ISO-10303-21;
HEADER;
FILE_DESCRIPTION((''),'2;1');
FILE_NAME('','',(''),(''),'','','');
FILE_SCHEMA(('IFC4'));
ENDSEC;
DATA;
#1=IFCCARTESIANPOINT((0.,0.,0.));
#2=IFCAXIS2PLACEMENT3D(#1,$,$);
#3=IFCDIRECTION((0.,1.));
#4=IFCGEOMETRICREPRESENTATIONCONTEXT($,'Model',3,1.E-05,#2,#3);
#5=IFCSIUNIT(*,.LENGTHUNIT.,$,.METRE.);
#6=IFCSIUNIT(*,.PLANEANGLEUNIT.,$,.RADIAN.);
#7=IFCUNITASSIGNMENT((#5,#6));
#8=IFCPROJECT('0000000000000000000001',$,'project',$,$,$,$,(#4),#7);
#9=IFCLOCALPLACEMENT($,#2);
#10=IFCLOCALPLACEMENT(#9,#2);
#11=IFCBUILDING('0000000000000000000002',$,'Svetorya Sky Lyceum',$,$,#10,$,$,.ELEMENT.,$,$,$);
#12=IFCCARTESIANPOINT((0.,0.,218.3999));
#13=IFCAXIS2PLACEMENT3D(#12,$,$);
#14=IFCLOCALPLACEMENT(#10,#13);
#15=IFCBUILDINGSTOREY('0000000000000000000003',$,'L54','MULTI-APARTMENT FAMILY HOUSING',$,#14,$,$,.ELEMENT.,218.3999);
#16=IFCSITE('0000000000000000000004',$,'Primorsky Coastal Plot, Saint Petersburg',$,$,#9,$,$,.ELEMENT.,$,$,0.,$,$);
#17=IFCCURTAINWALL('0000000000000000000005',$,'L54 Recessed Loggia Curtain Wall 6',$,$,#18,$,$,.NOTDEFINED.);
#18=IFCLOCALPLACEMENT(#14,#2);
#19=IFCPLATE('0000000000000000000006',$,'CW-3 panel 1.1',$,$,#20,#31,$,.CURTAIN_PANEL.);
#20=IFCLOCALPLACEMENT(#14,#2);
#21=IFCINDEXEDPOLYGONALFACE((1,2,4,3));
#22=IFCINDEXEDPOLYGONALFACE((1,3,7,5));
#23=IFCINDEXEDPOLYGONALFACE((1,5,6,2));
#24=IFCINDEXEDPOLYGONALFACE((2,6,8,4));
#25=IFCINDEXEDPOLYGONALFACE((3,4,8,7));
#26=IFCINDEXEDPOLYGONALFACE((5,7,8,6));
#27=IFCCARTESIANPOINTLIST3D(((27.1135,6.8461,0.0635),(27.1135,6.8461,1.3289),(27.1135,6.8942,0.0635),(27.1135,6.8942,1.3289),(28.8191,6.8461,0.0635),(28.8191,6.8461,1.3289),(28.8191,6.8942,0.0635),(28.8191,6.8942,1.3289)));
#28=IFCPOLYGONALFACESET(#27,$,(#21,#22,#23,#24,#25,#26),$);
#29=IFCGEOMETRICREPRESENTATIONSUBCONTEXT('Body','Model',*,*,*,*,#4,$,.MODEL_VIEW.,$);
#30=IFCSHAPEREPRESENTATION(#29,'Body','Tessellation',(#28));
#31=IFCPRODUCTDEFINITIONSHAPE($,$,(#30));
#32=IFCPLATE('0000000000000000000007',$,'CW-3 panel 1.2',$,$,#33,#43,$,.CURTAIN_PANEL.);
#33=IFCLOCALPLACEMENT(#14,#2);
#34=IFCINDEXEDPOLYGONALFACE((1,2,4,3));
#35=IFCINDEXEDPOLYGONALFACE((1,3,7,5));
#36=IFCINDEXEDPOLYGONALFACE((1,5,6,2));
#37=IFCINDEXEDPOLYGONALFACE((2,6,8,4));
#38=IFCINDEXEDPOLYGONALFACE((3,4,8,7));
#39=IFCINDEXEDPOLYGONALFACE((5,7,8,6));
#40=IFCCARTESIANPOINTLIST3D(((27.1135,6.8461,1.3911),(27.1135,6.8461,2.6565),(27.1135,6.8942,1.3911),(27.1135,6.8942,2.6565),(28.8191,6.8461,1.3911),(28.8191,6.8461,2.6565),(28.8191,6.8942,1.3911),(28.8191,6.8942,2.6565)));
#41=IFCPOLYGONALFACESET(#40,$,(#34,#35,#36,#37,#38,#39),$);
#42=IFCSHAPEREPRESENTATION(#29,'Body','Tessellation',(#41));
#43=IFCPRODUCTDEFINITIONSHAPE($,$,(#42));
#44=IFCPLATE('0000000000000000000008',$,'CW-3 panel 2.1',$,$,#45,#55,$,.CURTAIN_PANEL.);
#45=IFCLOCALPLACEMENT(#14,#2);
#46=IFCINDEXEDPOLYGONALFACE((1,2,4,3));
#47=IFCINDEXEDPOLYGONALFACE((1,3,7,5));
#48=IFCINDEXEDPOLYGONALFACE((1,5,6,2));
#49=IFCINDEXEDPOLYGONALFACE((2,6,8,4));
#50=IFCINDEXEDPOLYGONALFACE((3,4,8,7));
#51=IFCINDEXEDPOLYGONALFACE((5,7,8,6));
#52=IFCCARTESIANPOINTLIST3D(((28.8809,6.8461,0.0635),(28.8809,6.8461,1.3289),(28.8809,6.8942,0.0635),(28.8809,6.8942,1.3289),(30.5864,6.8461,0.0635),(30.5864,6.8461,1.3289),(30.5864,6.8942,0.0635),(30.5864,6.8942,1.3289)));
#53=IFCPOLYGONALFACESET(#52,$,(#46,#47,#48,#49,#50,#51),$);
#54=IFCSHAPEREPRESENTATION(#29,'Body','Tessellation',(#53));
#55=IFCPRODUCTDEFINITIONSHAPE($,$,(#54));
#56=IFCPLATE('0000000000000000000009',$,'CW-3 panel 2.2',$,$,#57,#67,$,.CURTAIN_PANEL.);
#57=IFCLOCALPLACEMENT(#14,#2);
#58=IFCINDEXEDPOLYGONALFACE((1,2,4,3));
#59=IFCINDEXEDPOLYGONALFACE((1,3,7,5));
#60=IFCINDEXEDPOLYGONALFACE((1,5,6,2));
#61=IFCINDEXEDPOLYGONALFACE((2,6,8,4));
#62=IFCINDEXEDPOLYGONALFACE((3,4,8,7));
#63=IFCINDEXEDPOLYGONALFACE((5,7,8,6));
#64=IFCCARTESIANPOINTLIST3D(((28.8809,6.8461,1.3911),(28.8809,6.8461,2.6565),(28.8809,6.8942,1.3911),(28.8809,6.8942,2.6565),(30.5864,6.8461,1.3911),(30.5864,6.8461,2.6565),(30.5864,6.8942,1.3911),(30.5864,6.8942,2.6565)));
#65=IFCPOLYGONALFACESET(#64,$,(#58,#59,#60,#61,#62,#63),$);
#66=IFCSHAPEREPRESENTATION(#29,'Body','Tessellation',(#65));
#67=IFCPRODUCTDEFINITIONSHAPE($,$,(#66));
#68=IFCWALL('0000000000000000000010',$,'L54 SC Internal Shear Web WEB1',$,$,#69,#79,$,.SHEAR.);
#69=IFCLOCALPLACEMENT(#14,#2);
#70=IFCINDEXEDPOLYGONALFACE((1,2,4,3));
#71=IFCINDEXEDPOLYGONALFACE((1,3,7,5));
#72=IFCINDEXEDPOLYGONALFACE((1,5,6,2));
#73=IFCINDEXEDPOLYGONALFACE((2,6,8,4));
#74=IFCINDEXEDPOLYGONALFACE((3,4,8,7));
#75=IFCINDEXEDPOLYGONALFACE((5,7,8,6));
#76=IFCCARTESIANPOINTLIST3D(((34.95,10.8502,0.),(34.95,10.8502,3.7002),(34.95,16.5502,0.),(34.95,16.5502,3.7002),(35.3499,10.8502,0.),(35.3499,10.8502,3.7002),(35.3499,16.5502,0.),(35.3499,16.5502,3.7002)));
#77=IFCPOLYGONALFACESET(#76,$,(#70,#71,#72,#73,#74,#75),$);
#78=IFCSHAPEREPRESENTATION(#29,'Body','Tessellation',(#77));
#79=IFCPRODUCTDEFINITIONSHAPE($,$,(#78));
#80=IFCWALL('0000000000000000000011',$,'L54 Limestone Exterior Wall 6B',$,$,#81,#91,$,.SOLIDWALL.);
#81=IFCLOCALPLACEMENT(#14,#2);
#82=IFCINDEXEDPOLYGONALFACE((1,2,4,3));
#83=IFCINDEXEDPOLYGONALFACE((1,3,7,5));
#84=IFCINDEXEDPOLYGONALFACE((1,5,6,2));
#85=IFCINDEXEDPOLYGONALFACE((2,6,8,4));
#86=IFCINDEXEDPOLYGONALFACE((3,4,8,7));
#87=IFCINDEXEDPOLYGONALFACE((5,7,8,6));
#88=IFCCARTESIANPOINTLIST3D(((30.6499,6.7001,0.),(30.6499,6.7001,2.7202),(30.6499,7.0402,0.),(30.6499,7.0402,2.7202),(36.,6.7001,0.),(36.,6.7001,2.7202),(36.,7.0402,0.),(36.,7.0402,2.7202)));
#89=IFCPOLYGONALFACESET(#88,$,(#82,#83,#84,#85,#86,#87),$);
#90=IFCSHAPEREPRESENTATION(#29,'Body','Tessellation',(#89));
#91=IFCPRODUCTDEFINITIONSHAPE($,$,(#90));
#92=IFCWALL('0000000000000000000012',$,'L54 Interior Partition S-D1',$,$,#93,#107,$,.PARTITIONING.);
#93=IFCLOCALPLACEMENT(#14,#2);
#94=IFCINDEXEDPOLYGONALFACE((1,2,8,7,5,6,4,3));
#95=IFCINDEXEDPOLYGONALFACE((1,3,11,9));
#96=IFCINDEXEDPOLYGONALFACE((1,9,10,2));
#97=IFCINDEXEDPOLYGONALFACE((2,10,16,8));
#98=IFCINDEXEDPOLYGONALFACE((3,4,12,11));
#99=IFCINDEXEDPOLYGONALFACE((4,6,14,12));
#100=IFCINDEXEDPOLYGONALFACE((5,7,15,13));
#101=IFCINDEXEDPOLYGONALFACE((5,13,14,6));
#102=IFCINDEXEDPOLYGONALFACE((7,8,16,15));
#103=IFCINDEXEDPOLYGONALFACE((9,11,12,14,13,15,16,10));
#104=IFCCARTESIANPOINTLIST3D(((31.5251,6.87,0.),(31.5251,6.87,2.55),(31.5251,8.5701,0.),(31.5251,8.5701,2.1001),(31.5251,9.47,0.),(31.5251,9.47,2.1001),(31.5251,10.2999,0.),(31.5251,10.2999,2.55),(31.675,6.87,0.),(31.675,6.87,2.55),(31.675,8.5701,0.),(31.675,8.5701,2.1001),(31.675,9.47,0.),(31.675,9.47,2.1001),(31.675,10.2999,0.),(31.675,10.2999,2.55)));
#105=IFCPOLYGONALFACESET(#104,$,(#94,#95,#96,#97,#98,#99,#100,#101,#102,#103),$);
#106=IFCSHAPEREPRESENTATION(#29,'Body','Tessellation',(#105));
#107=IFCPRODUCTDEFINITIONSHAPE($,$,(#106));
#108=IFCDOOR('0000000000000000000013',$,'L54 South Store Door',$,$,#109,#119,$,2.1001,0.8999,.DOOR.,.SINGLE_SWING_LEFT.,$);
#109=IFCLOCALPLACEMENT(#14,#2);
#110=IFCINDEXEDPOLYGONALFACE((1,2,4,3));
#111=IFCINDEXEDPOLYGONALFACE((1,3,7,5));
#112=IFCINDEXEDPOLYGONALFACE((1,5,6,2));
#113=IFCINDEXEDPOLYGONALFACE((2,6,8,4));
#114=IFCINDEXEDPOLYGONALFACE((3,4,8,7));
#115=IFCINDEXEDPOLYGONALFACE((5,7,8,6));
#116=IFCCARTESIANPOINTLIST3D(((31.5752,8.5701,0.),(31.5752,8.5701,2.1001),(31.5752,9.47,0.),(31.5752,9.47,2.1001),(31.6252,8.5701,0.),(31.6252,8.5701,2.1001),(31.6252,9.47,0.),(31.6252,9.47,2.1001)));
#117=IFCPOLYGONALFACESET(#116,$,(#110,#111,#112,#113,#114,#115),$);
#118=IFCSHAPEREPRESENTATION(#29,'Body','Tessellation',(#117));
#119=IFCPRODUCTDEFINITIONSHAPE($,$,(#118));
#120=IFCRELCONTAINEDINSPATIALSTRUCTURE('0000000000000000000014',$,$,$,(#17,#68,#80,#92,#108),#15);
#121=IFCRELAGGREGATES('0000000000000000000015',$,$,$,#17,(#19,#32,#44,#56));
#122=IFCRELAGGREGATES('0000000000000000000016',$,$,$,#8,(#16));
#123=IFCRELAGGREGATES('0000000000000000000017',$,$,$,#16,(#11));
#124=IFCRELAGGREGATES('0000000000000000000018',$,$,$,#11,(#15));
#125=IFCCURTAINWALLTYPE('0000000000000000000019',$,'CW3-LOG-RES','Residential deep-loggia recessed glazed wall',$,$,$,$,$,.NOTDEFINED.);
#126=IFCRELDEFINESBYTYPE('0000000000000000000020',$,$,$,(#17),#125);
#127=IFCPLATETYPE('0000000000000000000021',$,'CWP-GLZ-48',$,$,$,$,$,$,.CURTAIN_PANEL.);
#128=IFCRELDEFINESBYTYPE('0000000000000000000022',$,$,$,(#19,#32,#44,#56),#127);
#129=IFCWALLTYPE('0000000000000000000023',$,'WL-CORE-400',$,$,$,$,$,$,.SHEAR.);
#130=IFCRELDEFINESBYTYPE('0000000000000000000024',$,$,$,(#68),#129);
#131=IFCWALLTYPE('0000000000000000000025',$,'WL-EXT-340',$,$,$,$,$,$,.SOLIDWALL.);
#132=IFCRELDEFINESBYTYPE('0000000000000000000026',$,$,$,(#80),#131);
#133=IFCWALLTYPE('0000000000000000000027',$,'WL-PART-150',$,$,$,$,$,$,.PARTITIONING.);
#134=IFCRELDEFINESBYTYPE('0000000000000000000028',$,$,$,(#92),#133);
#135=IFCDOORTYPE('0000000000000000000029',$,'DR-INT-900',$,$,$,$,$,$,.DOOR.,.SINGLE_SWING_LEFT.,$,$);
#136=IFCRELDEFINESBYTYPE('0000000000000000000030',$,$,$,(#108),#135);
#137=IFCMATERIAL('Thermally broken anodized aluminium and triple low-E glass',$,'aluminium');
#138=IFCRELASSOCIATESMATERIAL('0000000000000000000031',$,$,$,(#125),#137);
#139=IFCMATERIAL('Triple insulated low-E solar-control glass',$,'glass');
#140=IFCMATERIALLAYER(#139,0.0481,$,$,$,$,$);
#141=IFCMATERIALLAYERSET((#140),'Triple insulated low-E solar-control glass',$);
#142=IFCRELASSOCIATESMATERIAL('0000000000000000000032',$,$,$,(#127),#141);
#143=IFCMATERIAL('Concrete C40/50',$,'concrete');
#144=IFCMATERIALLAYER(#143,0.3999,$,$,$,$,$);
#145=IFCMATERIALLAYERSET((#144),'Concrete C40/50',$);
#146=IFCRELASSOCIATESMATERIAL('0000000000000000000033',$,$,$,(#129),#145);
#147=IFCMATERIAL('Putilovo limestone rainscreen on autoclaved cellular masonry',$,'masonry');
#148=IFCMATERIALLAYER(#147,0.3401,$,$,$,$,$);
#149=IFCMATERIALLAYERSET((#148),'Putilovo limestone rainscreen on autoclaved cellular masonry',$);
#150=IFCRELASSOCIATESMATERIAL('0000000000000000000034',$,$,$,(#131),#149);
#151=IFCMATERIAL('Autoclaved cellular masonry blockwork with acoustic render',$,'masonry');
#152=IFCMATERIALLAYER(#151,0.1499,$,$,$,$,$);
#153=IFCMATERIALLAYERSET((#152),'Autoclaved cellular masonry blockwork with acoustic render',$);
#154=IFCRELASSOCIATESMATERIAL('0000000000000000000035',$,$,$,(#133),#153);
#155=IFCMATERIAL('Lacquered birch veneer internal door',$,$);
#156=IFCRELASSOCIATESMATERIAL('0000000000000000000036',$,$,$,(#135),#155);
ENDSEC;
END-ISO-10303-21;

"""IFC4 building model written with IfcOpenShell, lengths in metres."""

from ifc_helpers import new_model, si_unit, direction, frame, frame_2d, origin, origin_2d, place, context, subcontext, project, spatial, rectangle, extrude, material, layer, layer_set, type_object, element, fill, aggregate, save


model = new_model("IFC4")

# Units and contexts
model_context = context("Model", 3, precision=1e-05, world=origin(), true_north=direction((0.0, 1.0)))
body_context = subcontext(model_context, "Body", "Model", "MODEL_VIEW")
ifc_project = project(units=[si_unit("LENGTHUNIT", "METRE"), si_unit("PLANEANGLEUNIT", "RADIAN")], contexts=[model_context])

# Site, building, storey
site_placement = place(None, origin())
site = spatial("IfcSite", under=ifc_project, at=site_placement, Name="Primorsky Coastal Plot, Saint Petersburg", CompositionType="ELEMENT", RefElevation=0.0)
building_placement = place(site_placement, origin())
building = spatial("IfcBuilding", under=site, at=building_placement, Name="Svetorya Sky Lyceum", CompositionType="ELEMENT")
storey_placement = place(building_placement, frame((0.0, 0.0, 218.3999)))
storey = spatial("IfcBuildingStorey", under=building, at=storey_placement, Name="L54", Description="MULTI-APARTMENT FAMILY HOUSING", CompositionType="ELEMENT", Elevation=218.3999)

# Curtain wall, plates
ifc_material_1 = material(Name="Thermally broken anodized aluminium and triple low-E glass", Category="aluminium")
curtain_wall_type = type_object("IfcCurtainWallType", Name="CW3-LOG-RES", Description="Residential deep-loggia recessed glazed wall", PredefinedType="NOTDEFINED", material=ifc_material_1)
curtain_wall_placement = place(storey_placement, origin())
curtain_wall = element("IfcCurtainWall", 1, at=curtain_wall_placement, inside=storey, type_object=curtain_wall_type, Name="L54 Recessed Loggia Curtain Wall 6", PredefinedType="NOTDEFINED")
ifc_material_2 = material(Name="Triple insulated low-E solar-control glass", Category="glass")
ifc_layer_1 = layer(ifc_material_2, 0.0481)
ifc_layer_set_1 = layer_set([ifc_layer_1], Name="Triple insulated low-E solar-control glass")
plate_type = type_object("IfcPlateType", Name="CWP-GLZ-48", PredefinedType="CURTAIN_PANEL", material=ifc_layer_set_1)
plate_1_placement = place(storey_placement, frame((27.9663, 6.8701, 0.0635), z_axis=(0.0, 0.0, 1.0), x_axis=(1.0, 0.0, 0.0)))
plate_1 = element("IfcPlate", 2, at=plate_1_placement, type_object=plate_type, Name="CW-3 panel 1.1", PredefinedType="CURTAIN_PANEL", context=body_context, shape_type="SweptSolid", body=[
    extrude(rectangle(XDim=1.7056, YDim=0.0481, at=origin_2d()), origin(), (0.0, 0.0, 1.0), 1.2654),
])
plate_2_placement = place(storey_placement, frame((27.9663, 6.8701, 1.3911), z_axis=(0.0, 0.0, 1.0), x_axis=(1.0, 0.0, 0.0)))
plate_2 = element("IfcPlate", 3, at=plate_2_placement, type_object=plate_type, Name="CW-3 panel 1.2", PredefinedType="CURTAIN_PANEL", context=body_context, shape_type="SweptSolid", body=[
    extrude(rectangle(XDim=1.7056, YDim=0.0481, at=origin_2d()), origin(), (0.0, 0.0, 1.0), 1.2654),
])
plate_3_placement = place(storey_placement, frame((29.7336, 6.8701, 0.0635), z_axis=(0.0, 0.0, 1.0), x_axis=(1.0, 0.0, 0.0)))
plate_3 = element("IfcPlate", 4, at=plate_3_placement, type_object=plate_type, Name="CW-3 panel 2.1", PredefinedType="CURTAIN_PANEL", context=body_context, shape_type="SweptSolid", body=[
    extrude(rectangle(XDim=1.7056, YDim=0.0481, at=origin_2d()), origin(), (0.0, 0.0, 1.0), 1.2654),
])
plate_4_placement = place(storey_placement, frame((29.7336, 6.8701, 1.3911), z_axis=(0.0, 0.0, 1.0), x_axis=(1.0, 0.0, 0.0)))
plate_4 = element("IfcPlate", 5, at=plate_4_placement, type_object=plate_type, Name="CW-3 panel 2.2", PredefinedType="CURTAIN_PANEL", context=body_context, shape_type="SweptSolid", body=[
    extrude(rectangle(XDim=1.7056, YDim=0.0481, at=origin_2d()), origin(), (0.0, 0.0, 1.0), 1.2654),
])
aggregate(curtain_wall, [plate_1, plate_2, plate_3, plate_4])

# Walls
ifc_material_3 = material(Name="Concrete C40/50", Category="concrete")
ifc_layer_2 = layer(ifc_material_3, 0.3999)
ifc_layer_set_2 = layer_set([ifc_layer_2], Name="Concrete C40/50")
wall_type_1 = type_object("IfcWallType", Name="WL-CORE-400", PredefinedType="SHEAR", material=ifc_layer_set_2)
wall_1_placement = place(storey_placement, frame((35.1499, 10.8501, 0.0), z_axis=(0.0, 0.0, 1.0), x_axis=(0.0, 1.0, 0.0)))
element("IfcWall", 6, at=wall_1_placement, inside=storey, type_object=wall_type_1, Name="L54 SC Internal Shear Web WEB1", PredefinedType="SHEAR", context=body_context, shape_type="SweptSolid", body=[
    extrude(rectangle(XDim=5.7, YDim=0.3999, at=frame_2d((2.8501, 0.0))), origin(), (0.0, 0.0, 1.0), 3.7002),
])
ifc_material_4 = material(Name="Putilovo limestone rainscreen on autoclaved cellular masonry", Category="masonry")
ifc_layer_3 = layer(ifc_material_4, 0.3401)
ifc_layer_set_3 = layer_set([ifc_layer_3], Name="Putilovo limestone rainscreen on autoclaved cellular masonry")
wall_type_2 = type_object("IfcWallType", Name="WL-EXT-340", PredefinedType="SOLIDWALL", material=ifc_layer_set_3)
wall_2_placement = place(storey_placement, frame((30.6499, 6.8701, 0.0), z_axis=(0.0, 0.0, 1.0), x_axis=(1.0, 0.0, 0.0)))
element("IfcWall", 7, at=wall_2_placement, inside=storey, type_object=wall_type_2, Name="L54 Limestone Exterior Wall 6B", PredefinedType="SOLIDWALL", context=body_context, shape_type="SweptSolid", body=[
    extrude(rectangle(XDim=5.3501, YDim=0.3401, at=frame_2d((2.675, 0.0))), origin(), (0.0, 0.0, 1.0), 2.7202),
])

# Wall, opening, door
ifc_material_5 = material(Name="Autoclaved cellular masonry blockwork with acoustic render", Category="masonry")
ifc_layer_4 = layer(ifc_material_5, 0.1499)
ifc_layer_set_4 = layer_set([ifc_layer_4], Name="Autoclaved cellular masonry blockwork with acoustic render")
wall_type_3 = type_object("IfcWallType", Name="WL-PART-150", PredefinedType="PARTITIONING", material=ifc_layer_set_4)
wall_3_placement = place(storey_placement, frame((31.6001, 6.8701, 0.0), z_axis=(0.0, 0.0, 1.0), x_axis=(0.0, 1.0, 0.0)))
wall_3 = element("IfcWall", 8, at=wall_3_placement, inside=storey, type_object=wall_type_3, Name="L54 Interior Partition S-D1", PredefinedType="PARTITIONING", context=body_context, shape_type="SweptSolid", body=[
    extrude(rectangle(XDim=3.4299, YDim=0.1499, at=frame_2d((1.7148, 0.0))), origin(), (0.0, 0.0, 1.0), 2.55),
])
opening_placement = place(wall_3_placement, frame((1.7, 0.0, 0.0)))
opening = element("IfcOpeningElement", 9, at=opening_placement, cuts=wall_3, PredefinedType="OPENING", context=body_context, shape_type="SweptSolid", body=[
    extrude(rectangle(XDim=0.8999, YDim=2.1001, at=frame_2d((0.45, 1.05))), frame((0.0, 0.085, 0.0), z_axis=(0.0, -1.0, 0.0), x_axis=(1.0, 0.0, 0.0)), (0.0, 0.0, 1.0), 0.1699),
])
ifc_material_6 = material(Name="Lacquered birch veneer internal door")
door_type = type_object("IfcDoorType", Name="DR-INT-900", OperationType="SINGLE_SWING_LEFT", PredefinedType="DOOR", material=ifc_material_6)
door_placement = place(opening_placement, origin())
door = element("IfcDoor", 10, at=door_placement, inside=storey, type_object=door_type, Name="L54 South Store Door", OperationType="SINGLE_SWING_LEFT", OverallHeight=2.1001, OverallWidth=0.8999, PredefinedType="DOOR", context=body_context, shape_type="SweptSolid", body=[
    extrude(rectangle(XDim=0.8999, YDim=2.1001, at=frame_2d((0.45, 1.05))), frame((0.0, 0.0249, 0.0), z_axis=(0.0, -1.0, 0.0), x_axis=(1.0, 0.0, 0.0)), (0.0, 0.0, 1.0), 0.05),
])
fill(opening, door)

save(model, "model.ifc")
